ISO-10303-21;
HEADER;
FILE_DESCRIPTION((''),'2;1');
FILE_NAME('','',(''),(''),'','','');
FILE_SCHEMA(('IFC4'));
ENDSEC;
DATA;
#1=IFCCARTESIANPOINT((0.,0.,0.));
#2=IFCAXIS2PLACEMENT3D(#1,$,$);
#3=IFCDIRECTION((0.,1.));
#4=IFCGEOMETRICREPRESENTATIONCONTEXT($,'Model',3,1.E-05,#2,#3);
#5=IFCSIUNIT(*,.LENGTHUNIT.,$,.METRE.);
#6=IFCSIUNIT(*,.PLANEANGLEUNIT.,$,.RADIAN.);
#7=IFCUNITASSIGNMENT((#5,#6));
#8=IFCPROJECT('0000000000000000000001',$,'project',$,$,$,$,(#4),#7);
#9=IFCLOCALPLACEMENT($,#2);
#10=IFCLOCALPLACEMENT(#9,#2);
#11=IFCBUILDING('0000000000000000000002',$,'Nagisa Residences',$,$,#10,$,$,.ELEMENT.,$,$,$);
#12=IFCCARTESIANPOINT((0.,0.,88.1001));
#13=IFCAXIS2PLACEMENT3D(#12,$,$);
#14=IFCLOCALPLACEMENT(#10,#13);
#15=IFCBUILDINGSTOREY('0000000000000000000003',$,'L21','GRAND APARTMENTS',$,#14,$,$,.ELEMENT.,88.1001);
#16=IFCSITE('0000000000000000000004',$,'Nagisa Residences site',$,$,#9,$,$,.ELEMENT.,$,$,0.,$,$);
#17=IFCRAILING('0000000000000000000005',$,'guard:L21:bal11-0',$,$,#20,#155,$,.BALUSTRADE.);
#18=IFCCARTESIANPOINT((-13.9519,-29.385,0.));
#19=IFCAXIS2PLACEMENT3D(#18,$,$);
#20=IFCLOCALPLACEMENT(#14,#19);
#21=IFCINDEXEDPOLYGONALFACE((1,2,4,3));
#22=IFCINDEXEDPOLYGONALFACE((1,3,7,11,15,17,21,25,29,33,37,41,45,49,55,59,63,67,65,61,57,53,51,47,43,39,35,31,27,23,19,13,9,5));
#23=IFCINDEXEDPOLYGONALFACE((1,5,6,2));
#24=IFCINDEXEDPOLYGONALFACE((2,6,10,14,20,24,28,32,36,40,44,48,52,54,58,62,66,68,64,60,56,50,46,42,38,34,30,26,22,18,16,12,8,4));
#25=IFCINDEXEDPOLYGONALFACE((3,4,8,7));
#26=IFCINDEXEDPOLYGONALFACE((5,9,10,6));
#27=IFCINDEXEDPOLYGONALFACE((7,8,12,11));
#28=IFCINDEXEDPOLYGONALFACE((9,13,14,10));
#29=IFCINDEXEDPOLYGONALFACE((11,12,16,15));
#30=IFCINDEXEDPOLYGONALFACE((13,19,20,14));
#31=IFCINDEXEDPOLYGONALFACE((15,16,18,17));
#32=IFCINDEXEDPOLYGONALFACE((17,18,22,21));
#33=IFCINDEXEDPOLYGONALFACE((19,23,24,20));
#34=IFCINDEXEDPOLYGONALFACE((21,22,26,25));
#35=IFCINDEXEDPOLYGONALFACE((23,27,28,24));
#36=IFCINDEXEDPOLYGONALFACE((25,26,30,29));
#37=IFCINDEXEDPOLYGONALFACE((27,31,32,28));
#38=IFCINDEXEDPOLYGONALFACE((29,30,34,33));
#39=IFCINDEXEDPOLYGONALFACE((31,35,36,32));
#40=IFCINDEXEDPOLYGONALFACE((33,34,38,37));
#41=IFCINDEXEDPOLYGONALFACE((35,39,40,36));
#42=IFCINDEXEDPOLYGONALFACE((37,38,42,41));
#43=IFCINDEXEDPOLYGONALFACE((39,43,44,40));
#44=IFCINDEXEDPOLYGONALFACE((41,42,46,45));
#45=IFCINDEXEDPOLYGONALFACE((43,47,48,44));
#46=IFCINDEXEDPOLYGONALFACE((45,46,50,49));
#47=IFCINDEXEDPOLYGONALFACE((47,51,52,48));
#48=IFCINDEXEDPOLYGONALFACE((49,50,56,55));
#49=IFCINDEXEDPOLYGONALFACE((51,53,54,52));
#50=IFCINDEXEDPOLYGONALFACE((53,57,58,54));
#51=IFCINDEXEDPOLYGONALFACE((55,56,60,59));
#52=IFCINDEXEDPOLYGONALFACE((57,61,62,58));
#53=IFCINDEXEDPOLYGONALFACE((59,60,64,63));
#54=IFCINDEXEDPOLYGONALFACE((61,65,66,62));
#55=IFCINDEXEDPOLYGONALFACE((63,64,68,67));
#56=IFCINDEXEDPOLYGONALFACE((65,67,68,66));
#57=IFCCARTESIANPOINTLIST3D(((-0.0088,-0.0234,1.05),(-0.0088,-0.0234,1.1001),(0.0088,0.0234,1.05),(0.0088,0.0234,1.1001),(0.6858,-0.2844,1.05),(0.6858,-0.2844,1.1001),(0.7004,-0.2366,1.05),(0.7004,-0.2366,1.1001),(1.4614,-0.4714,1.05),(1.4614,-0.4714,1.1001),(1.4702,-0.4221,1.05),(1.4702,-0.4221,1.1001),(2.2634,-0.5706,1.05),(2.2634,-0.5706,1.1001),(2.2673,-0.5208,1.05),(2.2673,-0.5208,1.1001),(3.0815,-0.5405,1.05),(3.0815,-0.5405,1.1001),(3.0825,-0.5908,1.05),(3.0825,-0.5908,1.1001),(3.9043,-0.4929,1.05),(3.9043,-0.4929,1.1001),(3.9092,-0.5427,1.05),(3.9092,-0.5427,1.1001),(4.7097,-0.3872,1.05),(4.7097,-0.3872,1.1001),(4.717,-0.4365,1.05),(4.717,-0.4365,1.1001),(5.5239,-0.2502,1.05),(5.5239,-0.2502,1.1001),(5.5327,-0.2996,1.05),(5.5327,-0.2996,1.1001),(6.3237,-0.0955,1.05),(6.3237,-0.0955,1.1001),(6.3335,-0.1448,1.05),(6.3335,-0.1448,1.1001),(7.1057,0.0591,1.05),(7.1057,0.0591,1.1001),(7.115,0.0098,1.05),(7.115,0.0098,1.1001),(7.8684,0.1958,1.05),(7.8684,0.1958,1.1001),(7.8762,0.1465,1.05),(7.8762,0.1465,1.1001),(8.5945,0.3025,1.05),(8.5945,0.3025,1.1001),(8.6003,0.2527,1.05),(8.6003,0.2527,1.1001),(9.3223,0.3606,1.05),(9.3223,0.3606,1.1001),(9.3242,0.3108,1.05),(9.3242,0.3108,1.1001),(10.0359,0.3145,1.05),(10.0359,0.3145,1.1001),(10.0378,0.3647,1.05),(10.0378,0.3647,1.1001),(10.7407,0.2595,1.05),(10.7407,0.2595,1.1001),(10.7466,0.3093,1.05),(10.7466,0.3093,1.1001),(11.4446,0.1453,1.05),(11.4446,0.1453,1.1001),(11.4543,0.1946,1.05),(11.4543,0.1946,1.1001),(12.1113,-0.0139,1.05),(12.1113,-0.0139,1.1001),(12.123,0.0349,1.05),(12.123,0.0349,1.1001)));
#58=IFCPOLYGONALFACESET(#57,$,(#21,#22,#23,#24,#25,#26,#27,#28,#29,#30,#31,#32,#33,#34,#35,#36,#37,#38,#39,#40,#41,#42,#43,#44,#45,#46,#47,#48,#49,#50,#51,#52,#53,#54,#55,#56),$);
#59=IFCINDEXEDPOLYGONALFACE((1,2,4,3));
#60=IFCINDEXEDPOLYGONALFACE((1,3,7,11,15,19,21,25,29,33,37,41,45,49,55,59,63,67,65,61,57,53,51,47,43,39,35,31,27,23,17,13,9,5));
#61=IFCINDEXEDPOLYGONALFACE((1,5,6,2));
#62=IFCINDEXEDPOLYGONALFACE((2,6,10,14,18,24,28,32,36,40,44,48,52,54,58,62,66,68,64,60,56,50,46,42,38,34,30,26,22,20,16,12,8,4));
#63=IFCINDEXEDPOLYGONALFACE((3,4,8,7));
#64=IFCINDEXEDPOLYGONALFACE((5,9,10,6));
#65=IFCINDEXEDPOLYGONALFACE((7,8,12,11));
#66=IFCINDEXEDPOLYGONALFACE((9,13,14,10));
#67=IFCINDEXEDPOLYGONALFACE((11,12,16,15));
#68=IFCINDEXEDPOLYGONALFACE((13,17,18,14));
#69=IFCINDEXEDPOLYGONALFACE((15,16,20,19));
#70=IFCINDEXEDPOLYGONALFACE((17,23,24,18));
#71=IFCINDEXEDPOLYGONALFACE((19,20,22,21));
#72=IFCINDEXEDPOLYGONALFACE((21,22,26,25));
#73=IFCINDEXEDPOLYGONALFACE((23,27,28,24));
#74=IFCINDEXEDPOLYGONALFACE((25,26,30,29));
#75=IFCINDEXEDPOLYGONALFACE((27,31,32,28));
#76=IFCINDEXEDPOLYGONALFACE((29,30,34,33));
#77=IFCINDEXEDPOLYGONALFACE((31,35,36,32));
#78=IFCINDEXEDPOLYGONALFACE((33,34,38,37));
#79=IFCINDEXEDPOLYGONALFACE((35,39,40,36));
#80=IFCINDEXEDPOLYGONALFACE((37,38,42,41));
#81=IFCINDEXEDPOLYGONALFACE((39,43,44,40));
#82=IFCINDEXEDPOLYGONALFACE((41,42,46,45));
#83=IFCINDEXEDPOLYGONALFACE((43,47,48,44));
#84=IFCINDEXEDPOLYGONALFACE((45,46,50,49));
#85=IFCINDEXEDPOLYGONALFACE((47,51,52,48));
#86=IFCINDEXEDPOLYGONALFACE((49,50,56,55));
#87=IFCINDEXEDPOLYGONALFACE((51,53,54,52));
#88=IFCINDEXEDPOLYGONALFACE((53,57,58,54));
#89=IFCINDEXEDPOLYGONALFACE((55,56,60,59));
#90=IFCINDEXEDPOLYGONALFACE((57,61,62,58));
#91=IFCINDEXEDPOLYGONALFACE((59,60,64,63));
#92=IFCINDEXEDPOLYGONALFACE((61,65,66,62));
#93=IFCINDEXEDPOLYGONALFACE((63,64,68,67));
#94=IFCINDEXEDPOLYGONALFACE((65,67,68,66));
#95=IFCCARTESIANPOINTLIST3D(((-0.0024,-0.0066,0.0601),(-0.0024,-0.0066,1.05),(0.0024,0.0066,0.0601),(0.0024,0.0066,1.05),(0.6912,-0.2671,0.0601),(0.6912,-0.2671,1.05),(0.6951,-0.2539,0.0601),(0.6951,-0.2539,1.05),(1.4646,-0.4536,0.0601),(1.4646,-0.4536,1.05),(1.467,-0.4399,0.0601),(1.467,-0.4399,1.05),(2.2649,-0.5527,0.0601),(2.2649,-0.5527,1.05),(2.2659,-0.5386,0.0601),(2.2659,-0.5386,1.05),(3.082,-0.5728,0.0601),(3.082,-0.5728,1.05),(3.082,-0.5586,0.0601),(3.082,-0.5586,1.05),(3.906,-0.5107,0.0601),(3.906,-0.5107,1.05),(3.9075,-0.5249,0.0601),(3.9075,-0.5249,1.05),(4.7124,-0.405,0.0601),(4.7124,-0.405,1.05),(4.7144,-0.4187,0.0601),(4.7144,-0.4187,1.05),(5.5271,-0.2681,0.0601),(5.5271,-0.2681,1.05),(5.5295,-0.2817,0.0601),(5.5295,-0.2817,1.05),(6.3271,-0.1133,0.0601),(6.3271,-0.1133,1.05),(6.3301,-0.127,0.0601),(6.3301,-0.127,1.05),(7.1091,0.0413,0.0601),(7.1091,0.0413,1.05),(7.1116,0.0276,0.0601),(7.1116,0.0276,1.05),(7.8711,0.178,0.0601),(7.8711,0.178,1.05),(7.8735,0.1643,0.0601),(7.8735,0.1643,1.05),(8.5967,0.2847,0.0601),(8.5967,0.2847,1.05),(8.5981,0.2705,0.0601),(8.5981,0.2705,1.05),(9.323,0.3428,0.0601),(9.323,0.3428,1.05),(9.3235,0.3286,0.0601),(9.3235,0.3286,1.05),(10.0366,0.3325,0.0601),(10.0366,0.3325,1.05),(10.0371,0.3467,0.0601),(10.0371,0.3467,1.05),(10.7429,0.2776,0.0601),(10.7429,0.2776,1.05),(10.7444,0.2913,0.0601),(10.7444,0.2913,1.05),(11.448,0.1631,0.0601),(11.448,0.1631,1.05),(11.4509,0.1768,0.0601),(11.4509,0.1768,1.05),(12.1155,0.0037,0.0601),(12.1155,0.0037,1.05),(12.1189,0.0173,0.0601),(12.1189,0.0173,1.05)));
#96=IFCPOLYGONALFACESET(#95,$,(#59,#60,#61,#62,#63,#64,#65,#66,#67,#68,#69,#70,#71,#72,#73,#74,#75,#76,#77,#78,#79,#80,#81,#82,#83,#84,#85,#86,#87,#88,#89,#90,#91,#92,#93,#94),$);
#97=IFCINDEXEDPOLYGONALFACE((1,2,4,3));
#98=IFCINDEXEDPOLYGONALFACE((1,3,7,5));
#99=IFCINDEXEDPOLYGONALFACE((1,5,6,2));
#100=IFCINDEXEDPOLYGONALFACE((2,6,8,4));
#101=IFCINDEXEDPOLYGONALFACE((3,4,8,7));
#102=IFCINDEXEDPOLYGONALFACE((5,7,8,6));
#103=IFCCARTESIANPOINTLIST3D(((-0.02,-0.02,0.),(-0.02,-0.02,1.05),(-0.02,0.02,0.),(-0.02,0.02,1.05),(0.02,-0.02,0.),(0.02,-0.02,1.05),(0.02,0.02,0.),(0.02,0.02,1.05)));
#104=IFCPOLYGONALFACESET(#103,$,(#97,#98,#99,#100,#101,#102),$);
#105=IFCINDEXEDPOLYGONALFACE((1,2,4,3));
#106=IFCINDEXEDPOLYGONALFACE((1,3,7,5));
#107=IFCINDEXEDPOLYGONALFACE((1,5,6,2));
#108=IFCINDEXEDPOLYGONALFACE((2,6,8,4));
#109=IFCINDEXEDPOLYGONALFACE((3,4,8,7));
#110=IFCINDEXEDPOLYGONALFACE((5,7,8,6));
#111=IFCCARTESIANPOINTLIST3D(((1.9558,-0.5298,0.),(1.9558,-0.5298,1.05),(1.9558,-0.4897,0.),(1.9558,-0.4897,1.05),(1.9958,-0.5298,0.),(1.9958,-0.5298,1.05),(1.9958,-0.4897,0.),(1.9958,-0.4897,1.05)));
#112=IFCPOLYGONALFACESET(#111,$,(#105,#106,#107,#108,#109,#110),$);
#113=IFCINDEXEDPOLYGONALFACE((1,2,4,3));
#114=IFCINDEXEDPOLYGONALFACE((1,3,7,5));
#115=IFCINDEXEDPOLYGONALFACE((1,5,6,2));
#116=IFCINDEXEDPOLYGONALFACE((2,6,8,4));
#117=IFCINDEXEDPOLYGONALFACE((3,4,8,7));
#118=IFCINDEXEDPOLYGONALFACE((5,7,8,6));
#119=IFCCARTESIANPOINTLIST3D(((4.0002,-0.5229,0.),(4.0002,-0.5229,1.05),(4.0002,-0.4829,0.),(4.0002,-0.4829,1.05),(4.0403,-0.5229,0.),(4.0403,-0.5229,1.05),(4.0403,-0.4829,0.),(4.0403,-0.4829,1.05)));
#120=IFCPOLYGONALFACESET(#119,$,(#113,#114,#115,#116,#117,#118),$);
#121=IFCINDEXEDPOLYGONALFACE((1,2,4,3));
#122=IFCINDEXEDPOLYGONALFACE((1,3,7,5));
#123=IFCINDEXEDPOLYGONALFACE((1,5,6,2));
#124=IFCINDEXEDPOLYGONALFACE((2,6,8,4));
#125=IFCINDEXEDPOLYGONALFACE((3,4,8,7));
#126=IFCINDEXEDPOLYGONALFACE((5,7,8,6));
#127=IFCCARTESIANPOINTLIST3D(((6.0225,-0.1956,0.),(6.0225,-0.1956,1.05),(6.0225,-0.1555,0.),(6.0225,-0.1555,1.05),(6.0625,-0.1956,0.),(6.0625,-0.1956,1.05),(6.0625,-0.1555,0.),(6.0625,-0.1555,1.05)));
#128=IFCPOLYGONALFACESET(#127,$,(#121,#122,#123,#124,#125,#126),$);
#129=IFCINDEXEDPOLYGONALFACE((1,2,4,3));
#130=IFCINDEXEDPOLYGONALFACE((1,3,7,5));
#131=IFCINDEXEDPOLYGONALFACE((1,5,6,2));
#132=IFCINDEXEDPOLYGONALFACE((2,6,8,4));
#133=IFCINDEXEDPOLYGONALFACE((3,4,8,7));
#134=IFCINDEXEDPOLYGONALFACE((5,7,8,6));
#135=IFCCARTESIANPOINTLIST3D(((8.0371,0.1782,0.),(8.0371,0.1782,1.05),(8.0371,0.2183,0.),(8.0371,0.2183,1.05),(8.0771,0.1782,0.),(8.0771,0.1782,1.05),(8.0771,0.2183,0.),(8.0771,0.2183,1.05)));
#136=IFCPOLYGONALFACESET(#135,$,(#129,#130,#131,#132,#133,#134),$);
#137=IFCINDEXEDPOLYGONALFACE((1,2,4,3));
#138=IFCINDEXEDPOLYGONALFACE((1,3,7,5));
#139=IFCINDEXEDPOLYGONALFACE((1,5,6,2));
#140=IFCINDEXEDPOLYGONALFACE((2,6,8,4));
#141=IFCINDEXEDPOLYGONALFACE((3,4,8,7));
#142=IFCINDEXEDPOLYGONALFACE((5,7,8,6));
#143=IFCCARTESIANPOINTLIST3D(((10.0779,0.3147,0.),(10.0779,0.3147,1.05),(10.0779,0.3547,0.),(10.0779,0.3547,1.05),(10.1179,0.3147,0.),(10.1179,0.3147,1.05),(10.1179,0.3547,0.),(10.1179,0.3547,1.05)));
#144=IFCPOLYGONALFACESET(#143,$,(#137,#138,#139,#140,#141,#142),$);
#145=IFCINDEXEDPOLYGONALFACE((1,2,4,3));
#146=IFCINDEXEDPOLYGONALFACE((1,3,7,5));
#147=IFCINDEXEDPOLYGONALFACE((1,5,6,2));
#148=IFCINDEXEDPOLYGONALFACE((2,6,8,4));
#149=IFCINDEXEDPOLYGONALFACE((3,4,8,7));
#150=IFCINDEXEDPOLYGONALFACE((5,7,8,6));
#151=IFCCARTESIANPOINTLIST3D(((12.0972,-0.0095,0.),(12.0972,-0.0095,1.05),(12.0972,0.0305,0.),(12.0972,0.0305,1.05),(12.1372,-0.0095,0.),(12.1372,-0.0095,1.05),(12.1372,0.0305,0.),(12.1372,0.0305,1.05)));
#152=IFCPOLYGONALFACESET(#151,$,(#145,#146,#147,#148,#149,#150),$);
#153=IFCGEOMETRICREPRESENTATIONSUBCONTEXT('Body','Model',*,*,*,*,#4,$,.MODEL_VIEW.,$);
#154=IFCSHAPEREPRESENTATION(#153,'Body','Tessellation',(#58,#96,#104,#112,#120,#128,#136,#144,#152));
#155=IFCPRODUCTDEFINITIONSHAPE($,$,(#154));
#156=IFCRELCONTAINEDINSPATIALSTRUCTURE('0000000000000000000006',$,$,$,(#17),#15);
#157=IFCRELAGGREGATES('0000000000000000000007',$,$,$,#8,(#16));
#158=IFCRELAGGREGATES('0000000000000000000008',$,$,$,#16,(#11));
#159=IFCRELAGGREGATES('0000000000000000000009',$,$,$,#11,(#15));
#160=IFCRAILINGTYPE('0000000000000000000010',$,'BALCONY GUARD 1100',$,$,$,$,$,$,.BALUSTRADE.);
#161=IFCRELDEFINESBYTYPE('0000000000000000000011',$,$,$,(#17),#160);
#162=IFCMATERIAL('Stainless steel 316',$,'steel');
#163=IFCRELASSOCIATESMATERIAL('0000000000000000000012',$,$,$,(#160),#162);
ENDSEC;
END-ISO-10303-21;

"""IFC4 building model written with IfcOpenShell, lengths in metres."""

from ifc_helpers import new_model, si_unit, direction, frame, origin, origin_2d, place, context, subcontext, project, spatial, polyline, rectangle, outline, extrude, material, type_object, element, save


model = new_model("IFC4")

# Units and contexts
model_context = context("Model", 3, precision=1e-05, world=origin(), true_north=direction((0.0, 1.0)))
body_context = subcontext(model_context, "Body", "Model", "MODEL_VIEW")
ifc_project = project(units=[si_unit("LENGTHUNIT", "METRE"), si_unit("PLANEANGLEUNIT", "RADIAN")], contexts=[model_context])

# Site, building, storey
site_placement = place(None, origin())
site = spatial("IfcSite", under=ifc_project, at=site_placement, Name="Nagisa Residences site", CompositionType="ELEMENT", RefElevation=0.0)
building_placement = place(site_placement, origin())
building = spatial("IfcBuilding", under=site, at=building_placement, Name="Nagisa Residences", CompositionType="ELEMENT")
storey_placement = place(building_placement, frame((0.0, 0.0, 88.1001)))
storey = spatial("IfcBuildingStorey", under=building, at=storey_placement, Name="L21", Description="GRAND APARTMENTS", CompositionType="ELEMENT", Elevation=88.1001)

# Railing
ifc_material_1 = material(Name="Stainless steel 316", Category="steel")
railing_type = type_object("IfcRailingType", Name="BALCONY GUARD 1100", PredefinedType="BALUSTRADE", material=ifc_material_1)
railing_1_placement = place(storey_placement, frame((-13.9519, -29.385, 0.0)))
element("IfcRailing", 1, at=railing_1_placement, inside=storey, type_object=railing_type, Name="guard:L21:bal11-0", PredefinedType="BALUSTRADE", context=body_context, shape_type="SweptSolid", body=[
    extrude(outline(polyline([(0.7004, -0.2366), (0.0088, 0.0234), (-0.0088, -0.0234), (0.6858, -0.2844), (1.4614, -0.4714), (2.2634, -0.5706), (3.0825, -0.5908), (3.9092, -0.5427), (4.717, -0.4365), (5.5327, -0.2996), (6.3335, -0.1448), (7.115, 0.0098), (7.8762, 0.1465), (8.6003, 0.2527), (9.3242, 0.3108), (10.0359, 0.3145), (10.7407, 0.2595), (11.4446, 0.1453), (12.1113, -0.0139), (12.123, 0.0349), (11.4543, 0.1946), (10.7466, 0.3093), (10.0378, 0.3647), (9.3223, 0.3606), (8.5945, 0.3025), (7.8684, 0.1958), (7.1057, 0.0591), (6.3237, -0.0955), (5.5239, -0.2502), (4.7097, -0.3872), (3.9043, -0.4929), (3.0815, -0.5405), (2.2673, -0.5208), (1.4702, -0.4221), (0.7004, -0.2366)])), frame((0.0, 0.0, 1.05)), (0.0, 0.0, 1.0), 0.05),
    extrude(outline(polyline([(0.6951, -0.2539), (0.0024, 0.0066), (-0.0024, -0.0066), (0.6912, -0.2671), (1.4646, -0.4536), (2.2649, -0.5527), (3.082, -0.5728), (3.9075, -0.5249), (4.7144, -0.4187), (5.5295, -0.2817), (6.3301, -0.127), (7.1116, 0.0276), (7.8735, 0.1643), (8.5981, 0.2705), (9.3235, 0.3286), (10.0366, 0.3325), (10.7429, 0.2776), (11.448, 0.1631), (12.1155, 0.0037), (12.1189, 0.0173), (11.4509, 0.1768), (10.7444, 0.2913), (10.0371, 0.3467), (9.323, 0.3428), (8.5967, 0.2847), (7.8711, 0.178), (7.1091, 0.0413), (6.3271, -0.1133), (5.5271, -0.2681), (4.7124, -0.405), (3.906, -0.5107), (3.082, -0.5586), (2.2659, -0.5386), (1.467, -0.4399), (0.6951, -0.2539)])), frame((0.0, 0.0, 0.0601)), (0.0, 0.0, 1.0), 0.99),
    extrude(rectangle(XDim=0.04, YDim=0.04, at=origin_2d()), origin(), (0.0, 0.0, 1.0), 1.05),
    extrude(rectangle(XDim=0.04, YDim=0.04, at=origin_2d()), frame((1.9758, -0.5098, 0.0)), (0.0, 0.0, 1.0), 1.05),
    extrude(rectangle(XDim=0.04, YDim=0.04, at=origin_2d()), frame((4.0203, -0.5029, 0.0)), (0.0, 0.0, 1.0), 1.05),
    extrude(rectangle(XDim=0.04, YDim=0.04, at=origin_2d()), frame((6.0425, -0.1755, 0.0)), (0.0, 0.0, 1.0), 1.05),
    extrude(rectangle(XDim=0.04, YDim=0.04, at=origin_2d()), frame((8.0571, 0.1982, 0.0)), (0.0, 0.0, 1.0), 1.05),
    extrude(rectangle(XDim=0.04, YDim=0.04, at=origin_2d()), frame((10.0979, 0.3347, 0.0)), (0.0, 0.0, 1.0), 1.05),
    extrude(rectangle(XDim=0.04, YDim=0.04, at=origin_2d()), frame((12.1172, 0.0105, 0.0)), (0.0, 0.0, 1.0), 1.05),
])

save(model, "model.ifc")
